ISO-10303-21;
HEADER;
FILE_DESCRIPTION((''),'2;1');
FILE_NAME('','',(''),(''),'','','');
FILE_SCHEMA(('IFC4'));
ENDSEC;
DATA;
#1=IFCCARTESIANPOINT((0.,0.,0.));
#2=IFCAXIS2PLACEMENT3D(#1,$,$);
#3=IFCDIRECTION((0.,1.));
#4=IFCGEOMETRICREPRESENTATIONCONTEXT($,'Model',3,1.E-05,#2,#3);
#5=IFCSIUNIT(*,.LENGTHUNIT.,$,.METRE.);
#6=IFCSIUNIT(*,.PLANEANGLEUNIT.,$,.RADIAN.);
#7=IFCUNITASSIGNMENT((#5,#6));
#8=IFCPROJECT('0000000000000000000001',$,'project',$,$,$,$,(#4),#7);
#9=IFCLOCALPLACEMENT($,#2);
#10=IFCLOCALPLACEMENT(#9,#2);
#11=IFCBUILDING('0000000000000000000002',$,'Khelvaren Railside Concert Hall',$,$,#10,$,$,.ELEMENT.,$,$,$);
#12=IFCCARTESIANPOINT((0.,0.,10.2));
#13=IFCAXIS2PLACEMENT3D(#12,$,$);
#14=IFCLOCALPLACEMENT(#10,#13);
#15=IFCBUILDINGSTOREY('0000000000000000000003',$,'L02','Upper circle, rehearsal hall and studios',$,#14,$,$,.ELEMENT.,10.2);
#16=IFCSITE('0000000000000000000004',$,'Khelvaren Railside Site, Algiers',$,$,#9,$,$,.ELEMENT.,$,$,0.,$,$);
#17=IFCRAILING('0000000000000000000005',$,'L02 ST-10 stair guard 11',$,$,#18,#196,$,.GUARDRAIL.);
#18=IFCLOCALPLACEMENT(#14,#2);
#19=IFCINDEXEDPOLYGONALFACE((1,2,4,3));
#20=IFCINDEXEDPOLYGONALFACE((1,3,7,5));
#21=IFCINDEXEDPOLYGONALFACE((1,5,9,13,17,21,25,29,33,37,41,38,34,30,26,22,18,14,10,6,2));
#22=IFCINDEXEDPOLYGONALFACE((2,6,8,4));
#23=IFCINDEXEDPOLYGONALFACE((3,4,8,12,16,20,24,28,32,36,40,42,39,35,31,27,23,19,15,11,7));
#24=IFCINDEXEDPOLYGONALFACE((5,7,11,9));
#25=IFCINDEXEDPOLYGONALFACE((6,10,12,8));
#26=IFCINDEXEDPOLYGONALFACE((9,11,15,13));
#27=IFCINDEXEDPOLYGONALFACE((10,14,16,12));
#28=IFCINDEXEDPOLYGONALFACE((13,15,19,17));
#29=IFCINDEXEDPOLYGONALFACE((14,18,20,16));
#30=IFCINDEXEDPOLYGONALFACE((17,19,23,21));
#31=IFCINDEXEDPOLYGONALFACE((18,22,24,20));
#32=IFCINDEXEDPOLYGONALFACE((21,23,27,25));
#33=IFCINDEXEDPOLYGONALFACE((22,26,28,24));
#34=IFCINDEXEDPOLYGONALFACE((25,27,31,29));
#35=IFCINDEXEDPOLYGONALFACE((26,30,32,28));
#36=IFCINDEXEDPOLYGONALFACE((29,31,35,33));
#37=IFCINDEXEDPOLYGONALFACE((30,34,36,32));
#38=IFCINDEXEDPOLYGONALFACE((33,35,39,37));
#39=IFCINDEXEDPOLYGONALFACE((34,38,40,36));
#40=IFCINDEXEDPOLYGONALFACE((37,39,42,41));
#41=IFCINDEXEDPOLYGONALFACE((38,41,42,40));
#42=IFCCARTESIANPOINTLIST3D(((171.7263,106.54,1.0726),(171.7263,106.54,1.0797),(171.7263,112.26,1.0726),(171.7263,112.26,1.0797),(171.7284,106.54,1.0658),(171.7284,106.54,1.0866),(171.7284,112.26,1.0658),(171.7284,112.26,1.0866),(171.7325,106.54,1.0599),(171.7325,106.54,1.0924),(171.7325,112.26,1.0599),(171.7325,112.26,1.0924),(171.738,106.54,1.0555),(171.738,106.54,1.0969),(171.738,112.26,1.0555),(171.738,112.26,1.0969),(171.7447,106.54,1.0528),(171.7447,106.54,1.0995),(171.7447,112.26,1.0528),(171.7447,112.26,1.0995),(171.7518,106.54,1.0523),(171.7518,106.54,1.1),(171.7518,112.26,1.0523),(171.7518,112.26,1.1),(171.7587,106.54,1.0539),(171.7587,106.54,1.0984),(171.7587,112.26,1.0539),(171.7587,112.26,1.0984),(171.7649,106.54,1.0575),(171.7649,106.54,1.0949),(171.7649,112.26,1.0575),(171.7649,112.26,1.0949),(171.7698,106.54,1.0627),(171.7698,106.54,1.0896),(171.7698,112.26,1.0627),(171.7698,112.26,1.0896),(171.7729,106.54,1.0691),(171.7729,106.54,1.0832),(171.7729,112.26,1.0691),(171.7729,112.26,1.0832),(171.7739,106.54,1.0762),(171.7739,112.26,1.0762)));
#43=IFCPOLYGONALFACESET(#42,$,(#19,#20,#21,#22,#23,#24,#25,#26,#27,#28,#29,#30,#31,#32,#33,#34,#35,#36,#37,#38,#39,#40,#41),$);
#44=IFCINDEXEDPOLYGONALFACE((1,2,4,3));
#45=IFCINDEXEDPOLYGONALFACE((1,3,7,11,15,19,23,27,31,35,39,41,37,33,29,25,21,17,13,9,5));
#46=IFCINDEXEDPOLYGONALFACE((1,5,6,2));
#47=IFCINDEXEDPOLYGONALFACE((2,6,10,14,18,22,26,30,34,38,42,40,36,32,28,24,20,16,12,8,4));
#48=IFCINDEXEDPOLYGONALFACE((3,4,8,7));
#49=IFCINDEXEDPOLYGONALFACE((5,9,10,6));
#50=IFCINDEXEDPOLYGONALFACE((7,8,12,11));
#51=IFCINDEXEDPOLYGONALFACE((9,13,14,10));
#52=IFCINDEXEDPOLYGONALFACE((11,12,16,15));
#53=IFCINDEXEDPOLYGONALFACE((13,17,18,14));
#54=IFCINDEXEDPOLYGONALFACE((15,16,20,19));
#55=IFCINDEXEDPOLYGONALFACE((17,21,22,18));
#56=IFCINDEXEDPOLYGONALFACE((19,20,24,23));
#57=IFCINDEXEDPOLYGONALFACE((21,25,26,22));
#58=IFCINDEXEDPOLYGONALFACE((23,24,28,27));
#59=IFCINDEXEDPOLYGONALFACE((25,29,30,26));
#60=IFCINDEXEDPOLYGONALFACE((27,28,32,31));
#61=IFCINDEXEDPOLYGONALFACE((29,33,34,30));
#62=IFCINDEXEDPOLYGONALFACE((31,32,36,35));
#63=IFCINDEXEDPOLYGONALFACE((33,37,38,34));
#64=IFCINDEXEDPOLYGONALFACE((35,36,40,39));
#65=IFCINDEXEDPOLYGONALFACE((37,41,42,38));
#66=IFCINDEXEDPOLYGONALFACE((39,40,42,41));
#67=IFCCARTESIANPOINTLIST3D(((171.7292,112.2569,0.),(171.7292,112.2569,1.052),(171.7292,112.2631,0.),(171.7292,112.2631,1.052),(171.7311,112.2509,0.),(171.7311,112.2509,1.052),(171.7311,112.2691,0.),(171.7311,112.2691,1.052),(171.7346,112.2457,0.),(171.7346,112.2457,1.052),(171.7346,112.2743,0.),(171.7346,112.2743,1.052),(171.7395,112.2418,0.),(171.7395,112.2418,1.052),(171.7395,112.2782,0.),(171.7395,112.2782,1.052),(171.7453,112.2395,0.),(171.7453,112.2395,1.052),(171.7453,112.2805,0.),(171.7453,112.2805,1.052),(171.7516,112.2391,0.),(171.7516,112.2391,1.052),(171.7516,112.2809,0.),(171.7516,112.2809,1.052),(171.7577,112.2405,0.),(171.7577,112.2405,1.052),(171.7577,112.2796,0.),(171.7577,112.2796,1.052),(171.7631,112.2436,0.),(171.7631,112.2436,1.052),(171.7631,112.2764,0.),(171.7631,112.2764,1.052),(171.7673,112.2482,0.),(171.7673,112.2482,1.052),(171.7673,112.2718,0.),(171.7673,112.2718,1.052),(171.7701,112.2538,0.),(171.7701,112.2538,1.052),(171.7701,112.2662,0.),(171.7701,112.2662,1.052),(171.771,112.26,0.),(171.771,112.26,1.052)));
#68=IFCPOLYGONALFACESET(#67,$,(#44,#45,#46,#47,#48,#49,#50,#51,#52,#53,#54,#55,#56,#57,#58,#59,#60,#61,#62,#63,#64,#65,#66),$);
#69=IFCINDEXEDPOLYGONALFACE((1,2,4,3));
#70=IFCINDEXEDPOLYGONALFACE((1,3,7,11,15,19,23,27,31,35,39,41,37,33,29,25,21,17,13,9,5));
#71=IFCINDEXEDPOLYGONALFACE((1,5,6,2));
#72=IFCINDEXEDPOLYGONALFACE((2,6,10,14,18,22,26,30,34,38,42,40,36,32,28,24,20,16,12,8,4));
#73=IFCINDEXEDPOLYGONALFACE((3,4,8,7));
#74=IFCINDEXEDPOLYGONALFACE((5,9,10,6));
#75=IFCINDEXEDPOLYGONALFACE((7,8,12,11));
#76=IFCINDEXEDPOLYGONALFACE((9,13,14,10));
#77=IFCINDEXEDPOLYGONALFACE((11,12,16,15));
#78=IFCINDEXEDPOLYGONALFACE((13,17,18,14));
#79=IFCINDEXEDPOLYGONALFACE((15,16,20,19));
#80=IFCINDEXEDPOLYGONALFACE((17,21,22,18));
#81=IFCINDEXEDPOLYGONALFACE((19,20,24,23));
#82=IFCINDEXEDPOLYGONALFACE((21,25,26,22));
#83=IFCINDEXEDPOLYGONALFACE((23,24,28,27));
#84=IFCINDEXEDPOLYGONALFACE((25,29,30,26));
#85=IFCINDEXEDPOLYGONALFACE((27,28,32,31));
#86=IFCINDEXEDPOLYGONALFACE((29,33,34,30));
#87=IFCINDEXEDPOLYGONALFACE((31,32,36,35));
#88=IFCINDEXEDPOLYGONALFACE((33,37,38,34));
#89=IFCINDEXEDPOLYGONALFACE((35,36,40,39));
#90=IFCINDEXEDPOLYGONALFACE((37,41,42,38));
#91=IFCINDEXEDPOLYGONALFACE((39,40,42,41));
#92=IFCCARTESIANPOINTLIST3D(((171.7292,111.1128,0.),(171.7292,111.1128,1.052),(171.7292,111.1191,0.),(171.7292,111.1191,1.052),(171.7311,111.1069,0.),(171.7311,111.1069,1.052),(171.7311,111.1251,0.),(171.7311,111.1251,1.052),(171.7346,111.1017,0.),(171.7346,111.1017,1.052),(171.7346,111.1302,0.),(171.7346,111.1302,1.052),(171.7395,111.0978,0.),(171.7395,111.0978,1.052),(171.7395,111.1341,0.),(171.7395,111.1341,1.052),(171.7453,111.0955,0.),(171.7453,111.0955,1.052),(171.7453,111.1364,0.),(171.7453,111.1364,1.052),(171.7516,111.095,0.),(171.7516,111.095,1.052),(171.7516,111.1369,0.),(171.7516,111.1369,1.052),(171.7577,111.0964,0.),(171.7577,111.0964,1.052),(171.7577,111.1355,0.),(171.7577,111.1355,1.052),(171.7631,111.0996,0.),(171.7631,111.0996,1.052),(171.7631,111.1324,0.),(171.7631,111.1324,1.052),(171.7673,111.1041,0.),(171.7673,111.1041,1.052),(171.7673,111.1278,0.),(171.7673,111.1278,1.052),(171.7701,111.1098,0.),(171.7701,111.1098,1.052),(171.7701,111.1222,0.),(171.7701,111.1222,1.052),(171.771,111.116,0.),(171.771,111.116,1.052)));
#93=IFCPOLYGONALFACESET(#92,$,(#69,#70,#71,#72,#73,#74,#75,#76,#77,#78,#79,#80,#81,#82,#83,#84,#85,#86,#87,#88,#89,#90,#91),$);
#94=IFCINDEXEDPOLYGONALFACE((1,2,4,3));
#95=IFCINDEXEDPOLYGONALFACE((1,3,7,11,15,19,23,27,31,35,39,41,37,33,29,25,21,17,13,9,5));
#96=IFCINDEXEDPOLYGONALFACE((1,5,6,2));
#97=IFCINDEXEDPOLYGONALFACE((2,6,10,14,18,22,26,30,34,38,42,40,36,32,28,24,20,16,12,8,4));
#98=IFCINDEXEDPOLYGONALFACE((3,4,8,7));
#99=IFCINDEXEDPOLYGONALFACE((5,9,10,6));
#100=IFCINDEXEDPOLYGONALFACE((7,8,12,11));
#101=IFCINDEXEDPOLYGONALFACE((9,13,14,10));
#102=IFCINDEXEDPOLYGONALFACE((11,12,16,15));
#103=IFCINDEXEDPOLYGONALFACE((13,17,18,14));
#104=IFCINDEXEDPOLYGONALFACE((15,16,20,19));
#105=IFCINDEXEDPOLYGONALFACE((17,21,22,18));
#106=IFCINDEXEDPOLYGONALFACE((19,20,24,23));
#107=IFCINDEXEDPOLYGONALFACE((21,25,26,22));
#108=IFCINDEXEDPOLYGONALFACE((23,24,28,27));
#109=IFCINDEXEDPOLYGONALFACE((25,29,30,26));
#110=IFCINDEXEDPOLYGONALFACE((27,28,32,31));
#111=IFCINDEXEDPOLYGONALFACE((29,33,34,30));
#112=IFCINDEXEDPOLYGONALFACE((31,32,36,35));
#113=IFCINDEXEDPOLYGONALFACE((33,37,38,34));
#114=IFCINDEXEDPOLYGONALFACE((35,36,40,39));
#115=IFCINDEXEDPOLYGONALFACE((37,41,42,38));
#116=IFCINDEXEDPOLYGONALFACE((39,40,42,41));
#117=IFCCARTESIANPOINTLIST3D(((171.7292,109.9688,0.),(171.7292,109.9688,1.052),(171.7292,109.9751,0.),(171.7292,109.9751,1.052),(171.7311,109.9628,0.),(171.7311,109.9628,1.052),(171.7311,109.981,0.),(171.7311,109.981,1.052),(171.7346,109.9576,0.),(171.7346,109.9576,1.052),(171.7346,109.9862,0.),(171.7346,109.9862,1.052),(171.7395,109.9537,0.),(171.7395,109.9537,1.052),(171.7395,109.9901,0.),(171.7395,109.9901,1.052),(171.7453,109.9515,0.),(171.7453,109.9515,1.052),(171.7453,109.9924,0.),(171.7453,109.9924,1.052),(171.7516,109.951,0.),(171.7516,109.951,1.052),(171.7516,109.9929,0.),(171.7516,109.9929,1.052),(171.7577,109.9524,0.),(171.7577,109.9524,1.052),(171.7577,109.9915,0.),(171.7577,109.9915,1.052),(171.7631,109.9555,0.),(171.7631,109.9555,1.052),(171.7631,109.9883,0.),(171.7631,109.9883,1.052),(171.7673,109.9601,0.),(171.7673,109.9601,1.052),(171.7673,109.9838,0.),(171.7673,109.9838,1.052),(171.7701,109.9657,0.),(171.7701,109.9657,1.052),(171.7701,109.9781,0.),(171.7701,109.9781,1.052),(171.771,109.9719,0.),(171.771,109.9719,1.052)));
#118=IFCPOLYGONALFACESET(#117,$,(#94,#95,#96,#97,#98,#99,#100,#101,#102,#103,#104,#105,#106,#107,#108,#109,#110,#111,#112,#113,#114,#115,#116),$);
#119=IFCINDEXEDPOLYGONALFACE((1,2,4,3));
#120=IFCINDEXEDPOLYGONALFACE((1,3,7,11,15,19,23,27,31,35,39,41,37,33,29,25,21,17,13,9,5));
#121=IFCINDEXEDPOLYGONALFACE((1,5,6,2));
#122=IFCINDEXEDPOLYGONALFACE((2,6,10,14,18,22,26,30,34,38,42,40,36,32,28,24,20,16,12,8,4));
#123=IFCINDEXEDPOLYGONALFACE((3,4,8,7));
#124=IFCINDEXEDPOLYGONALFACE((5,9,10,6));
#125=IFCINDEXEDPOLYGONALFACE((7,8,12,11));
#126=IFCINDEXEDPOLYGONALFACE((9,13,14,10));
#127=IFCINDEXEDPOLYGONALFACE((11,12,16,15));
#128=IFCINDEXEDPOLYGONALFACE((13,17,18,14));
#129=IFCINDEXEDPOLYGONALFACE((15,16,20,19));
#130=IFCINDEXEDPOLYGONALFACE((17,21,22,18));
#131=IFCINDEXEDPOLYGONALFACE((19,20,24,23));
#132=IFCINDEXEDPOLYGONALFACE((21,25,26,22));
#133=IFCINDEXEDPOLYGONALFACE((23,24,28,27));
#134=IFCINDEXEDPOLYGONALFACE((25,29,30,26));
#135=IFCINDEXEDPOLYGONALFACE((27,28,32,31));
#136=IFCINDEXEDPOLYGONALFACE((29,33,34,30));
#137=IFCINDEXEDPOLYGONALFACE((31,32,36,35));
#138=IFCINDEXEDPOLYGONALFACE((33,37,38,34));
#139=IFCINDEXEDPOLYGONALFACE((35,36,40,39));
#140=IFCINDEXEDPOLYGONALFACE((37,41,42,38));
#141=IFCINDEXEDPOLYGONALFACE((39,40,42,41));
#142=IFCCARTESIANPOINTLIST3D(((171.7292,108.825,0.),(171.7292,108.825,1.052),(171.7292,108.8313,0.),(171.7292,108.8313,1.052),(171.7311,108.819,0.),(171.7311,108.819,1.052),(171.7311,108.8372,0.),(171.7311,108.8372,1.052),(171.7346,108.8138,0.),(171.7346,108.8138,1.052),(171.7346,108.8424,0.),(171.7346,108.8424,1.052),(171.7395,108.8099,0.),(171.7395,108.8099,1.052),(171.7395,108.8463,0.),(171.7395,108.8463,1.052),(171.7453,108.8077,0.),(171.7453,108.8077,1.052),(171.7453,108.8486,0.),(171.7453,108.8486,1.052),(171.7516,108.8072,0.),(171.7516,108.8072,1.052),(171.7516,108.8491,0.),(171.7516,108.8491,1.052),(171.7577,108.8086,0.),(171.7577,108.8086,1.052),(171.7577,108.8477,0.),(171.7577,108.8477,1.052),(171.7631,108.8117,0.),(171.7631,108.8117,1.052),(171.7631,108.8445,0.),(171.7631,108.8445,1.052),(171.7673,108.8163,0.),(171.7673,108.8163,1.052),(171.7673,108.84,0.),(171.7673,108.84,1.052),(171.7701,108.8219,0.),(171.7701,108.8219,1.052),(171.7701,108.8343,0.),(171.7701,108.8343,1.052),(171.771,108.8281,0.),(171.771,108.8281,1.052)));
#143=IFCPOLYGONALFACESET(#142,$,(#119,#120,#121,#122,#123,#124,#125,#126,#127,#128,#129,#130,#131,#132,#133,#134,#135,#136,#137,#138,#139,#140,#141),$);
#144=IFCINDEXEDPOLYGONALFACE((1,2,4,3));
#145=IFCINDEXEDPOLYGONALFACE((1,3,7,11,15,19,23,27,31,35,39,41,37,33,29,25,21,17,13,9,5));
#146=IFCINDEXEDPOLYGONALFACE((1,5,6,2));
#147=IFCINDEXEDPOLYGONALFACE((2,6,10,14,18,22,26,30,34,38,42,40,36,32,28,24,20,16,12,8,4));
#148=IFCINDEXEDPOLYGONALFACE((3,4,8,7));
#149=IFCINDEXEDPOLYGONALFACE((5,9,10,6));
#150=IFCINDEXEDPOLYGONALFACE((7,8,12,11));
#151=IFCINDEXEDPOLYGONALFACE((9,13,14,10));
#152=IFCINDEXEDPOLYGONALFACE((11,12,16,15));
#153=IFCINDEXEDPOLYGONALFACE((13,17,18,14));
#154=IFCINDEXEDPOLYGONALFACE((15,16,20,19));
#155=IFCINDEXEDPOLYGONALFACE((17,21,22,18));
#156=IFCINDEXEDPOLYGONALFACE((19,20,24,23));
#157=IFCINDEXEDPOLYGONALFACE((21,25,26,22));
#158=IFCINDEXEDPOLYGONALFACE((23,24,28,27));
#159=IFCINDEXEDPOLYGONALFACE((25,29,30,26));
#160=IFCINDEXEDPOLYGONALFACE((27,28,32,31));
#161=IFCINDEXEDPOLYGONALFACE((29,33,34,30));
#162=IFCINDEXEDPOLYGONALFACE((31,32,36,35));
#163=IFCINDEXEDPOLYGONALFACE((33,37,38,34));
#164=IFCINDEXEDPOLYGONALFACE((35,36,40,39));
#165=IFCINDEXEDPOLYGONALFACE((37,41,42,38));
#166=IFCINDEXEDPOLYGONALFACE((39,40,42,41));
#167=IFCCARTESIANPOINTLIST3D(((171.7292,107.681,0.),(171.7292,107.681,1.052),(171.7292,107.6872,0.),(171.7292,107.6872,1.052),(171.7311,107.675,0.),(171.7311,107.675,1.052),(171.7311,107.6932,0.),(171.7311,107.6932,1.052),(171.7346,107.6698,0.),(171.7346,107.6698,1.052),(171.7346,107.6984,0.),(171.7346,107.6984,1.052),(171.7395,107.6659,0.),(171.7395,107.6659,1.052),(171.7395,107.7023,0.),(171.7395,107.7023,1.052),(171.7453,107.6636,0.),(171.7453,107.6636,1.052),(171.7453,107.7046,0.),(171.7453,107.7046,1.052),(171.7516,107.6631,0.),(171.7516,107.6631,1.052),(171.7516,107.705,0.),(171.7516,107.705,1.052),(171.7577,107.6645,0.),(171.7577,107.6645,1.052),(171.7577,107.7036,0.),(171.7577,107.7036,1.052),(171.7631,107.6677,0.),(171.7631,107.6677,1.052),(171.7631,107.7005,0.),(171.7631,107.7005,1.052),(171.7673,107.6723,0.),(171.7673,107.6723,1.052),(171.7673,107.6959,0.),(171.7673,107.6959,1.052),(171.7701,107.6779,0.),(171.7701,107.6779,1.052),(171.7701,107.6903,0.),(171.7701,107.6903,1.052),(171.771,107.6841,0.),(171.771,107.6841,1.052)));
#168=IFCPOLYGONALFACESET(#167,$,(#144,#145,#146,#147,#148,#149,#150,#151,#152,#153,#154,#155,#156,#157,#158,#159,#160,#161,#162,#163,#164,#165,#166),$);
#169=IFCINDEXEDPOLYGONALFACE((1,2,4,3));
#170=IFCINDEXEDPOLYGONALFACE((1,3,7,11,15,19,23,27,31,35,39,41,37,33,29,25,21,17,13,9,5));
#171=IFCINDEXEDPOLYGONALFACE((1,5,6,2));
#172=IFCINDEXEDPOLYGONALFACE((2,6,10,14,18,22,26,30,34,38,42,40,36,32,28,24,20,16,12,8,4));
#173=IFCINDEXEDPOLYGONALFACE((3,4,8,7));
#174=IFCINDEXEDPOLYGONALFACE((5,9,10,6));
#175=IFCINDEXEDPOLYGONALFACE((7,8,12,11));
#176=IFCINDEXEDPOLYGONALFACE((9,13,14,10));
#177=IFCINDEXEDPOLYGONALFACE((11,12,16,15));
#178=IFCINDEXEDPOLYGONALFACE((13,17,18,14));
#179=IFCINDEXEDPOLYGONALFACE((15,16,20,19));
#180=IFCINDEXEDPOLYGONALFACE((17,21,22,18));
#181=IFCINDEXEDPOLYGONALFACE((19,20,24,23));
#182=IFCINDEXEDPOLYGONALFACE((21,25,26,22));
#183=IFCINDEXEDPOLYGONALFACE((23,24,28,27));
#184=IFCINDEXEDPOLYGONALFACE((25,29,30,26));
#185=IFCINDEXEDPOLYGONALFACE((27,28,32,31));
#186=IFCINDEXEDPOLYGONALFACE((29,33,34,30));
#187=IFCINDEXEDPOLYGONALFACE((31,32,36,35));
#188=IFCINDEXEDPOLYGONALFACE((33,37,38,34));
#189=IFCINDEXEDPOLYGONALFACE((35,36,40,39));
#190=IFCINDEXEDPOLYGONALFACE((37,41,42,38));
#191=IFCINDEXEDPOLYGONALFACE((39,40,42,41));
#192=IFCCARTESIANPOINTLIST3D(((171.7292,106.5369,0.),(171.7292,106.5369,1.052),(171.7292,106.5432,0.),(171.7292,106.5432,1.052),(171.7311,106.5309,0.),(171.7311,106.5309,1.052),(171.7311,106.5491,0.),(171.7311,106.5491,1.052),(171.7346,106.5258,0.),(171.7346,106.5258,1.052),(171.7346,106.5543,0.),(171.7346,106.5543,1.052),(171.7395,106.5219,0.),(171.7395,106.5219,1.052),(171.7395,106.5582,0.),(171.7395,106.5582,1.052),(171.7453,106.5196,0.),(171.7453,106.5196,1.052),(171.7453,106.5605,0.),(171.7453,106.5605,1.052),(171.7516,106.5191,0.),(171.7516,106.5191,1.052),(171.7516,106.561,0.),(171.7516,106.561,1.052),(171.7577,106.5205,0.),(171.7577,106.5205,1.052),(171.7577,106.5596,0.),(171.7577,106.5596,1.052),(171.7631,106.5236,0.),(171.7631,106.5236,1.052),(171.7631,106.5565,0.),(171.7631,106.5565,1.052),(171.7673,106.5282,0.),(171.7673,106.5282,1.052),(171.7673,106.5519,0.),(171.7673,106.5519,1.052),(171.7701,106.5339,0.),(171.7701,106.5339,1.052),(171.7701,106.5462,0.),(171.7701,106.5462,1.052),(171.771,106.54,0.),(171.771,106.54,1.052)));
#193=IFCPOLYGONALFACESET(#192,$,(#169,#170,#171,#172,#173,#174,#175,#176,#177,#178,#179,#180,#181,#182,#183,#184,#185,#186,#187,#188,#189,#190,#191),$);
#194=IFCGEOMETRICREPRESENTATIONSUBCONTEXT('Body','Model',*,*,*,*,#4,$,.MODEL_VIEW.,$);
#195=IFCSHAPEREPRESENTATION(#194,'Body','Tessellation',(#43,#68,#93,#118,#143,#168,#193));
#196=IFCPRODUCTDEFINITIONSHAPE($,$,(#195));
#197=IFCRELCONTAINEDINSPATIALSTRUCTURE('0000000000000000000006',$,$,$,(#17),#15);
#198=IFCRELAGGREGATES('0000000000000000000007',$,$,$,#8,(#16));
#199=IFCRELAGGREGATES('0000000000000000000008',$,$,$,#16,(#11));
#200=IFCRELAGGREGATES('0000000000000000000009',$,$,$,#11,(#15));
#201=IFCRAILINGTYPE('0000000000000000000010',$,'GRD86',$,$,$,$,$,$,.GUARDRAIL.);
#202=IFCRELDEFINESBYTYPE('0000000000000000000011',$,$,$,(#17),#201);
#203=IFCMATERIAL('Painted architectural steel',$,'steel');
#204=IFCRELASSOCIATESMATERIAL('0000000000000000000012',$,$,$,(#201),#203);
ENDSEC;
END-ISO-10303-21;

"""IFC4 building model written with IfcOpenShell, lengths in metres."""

from ifc_helpers import new_model, si_unit, direction, frame, origin, origin_2d, place, context, subcontext, project, spatial, circle, extrude, material, type_object, element, save


model = new_model("IFC4")

# Units and contexts
model_context = context("Model", 3, precision=1e-05, world=origin(), true_north=direction((0.0, 1.0)))
body_context = subcontext(model_context, "Body", "Model", "MODEL_VIEW")
ifc_project = project(units=[si_unit("LENGTHUNIT", "METRE"), si_unit("PLANEANGLEUNIT", "RADIAN")], contexts=[model_context])

# Site, building, storey
site_placement = place(None, origin())
site = spatial("IfcSite", under=ifc_project, at=site_placement, Name="Khelvaren Railside Site, Algiers", CompositionType="ELEMENT", RefElevation=0.0)
building_placement = place(site_placement, origin())
building = spatial("IfcBuilding", under=site, at=building_placement, Name="Khelvaren Railside Concert Hall", CompositionType="ELEMENT")
storey_placement = place(building_placement, frame((0.0, 0.0, 10.2)))
storey = spatial("IfcBuildingStorey", under=building, at=storey_placement, Name="L02", Description="Upper circle, rehearsal hall and studios", CompositionType="ELEMENT", Elevation=10.2)

# Railing
ifc_material_1 = material(Name="Painted architectural steel", Category="steel")
railing_type_1 = type_object("IfcRailingType", Name="GRD86", PredefinedType="GUARDRAIL", material=ifc_material_1)
railing_1_placement = place(storey_placement, frame((171.75, 112.26, 0.0)))
element("IfcRailing", 1, at=railing_1_placement, inside=storey, type_object=railing_type_1, Name="L02 ST-10 stair guard 11", PredefinedType="GUARDRAIL", context=body_context, shape_type="SweptSolid", body=[
    extrude(circle(Radius=0.0239, at=origin_2d()), frame((0.0, 0.0, 1.0762), z_axis=(0.0, -1.0, 0.0), x_axis=(1.0, 0.0, 0.0)), (0.0, 0.0, 1.0), 5.72),
    extrude(circle(Radius=0.021, at=origin_2d()), origin(), (0.0, 0.0, 1.0), 1.052),
    extrude(circle(Radius=0.021, at=origin_2d()), frame((0.0, -1.144, 0.0)), (0.0, 0.0, 1.0), 1.052),
    extrude(circle(Radius=0.021, at=origin_2d()), frame((0.0, -2.2881, 0.0)), (0.0, 0.0, 1.0), 1.052),
    extrude(circle(Radius=0.021, at=origin_2d()), frame((0.0, -3.4319, 0.0)), (0.0, 0.0, 1.0), 1.052),
    extrude(circle(Radius=0.021, at=origin_2d()), frame((0.0, -4.5759, 0.0)), (0.0, 0.0, 1.0), 1.052),
    extrude(circle(Radius=0.021, at=origin_2d()), frame((0.0, -5.72, 0.0)), (0.0, 0.0, 1.0), 1.052),
])

save(model, "model.ifc")
